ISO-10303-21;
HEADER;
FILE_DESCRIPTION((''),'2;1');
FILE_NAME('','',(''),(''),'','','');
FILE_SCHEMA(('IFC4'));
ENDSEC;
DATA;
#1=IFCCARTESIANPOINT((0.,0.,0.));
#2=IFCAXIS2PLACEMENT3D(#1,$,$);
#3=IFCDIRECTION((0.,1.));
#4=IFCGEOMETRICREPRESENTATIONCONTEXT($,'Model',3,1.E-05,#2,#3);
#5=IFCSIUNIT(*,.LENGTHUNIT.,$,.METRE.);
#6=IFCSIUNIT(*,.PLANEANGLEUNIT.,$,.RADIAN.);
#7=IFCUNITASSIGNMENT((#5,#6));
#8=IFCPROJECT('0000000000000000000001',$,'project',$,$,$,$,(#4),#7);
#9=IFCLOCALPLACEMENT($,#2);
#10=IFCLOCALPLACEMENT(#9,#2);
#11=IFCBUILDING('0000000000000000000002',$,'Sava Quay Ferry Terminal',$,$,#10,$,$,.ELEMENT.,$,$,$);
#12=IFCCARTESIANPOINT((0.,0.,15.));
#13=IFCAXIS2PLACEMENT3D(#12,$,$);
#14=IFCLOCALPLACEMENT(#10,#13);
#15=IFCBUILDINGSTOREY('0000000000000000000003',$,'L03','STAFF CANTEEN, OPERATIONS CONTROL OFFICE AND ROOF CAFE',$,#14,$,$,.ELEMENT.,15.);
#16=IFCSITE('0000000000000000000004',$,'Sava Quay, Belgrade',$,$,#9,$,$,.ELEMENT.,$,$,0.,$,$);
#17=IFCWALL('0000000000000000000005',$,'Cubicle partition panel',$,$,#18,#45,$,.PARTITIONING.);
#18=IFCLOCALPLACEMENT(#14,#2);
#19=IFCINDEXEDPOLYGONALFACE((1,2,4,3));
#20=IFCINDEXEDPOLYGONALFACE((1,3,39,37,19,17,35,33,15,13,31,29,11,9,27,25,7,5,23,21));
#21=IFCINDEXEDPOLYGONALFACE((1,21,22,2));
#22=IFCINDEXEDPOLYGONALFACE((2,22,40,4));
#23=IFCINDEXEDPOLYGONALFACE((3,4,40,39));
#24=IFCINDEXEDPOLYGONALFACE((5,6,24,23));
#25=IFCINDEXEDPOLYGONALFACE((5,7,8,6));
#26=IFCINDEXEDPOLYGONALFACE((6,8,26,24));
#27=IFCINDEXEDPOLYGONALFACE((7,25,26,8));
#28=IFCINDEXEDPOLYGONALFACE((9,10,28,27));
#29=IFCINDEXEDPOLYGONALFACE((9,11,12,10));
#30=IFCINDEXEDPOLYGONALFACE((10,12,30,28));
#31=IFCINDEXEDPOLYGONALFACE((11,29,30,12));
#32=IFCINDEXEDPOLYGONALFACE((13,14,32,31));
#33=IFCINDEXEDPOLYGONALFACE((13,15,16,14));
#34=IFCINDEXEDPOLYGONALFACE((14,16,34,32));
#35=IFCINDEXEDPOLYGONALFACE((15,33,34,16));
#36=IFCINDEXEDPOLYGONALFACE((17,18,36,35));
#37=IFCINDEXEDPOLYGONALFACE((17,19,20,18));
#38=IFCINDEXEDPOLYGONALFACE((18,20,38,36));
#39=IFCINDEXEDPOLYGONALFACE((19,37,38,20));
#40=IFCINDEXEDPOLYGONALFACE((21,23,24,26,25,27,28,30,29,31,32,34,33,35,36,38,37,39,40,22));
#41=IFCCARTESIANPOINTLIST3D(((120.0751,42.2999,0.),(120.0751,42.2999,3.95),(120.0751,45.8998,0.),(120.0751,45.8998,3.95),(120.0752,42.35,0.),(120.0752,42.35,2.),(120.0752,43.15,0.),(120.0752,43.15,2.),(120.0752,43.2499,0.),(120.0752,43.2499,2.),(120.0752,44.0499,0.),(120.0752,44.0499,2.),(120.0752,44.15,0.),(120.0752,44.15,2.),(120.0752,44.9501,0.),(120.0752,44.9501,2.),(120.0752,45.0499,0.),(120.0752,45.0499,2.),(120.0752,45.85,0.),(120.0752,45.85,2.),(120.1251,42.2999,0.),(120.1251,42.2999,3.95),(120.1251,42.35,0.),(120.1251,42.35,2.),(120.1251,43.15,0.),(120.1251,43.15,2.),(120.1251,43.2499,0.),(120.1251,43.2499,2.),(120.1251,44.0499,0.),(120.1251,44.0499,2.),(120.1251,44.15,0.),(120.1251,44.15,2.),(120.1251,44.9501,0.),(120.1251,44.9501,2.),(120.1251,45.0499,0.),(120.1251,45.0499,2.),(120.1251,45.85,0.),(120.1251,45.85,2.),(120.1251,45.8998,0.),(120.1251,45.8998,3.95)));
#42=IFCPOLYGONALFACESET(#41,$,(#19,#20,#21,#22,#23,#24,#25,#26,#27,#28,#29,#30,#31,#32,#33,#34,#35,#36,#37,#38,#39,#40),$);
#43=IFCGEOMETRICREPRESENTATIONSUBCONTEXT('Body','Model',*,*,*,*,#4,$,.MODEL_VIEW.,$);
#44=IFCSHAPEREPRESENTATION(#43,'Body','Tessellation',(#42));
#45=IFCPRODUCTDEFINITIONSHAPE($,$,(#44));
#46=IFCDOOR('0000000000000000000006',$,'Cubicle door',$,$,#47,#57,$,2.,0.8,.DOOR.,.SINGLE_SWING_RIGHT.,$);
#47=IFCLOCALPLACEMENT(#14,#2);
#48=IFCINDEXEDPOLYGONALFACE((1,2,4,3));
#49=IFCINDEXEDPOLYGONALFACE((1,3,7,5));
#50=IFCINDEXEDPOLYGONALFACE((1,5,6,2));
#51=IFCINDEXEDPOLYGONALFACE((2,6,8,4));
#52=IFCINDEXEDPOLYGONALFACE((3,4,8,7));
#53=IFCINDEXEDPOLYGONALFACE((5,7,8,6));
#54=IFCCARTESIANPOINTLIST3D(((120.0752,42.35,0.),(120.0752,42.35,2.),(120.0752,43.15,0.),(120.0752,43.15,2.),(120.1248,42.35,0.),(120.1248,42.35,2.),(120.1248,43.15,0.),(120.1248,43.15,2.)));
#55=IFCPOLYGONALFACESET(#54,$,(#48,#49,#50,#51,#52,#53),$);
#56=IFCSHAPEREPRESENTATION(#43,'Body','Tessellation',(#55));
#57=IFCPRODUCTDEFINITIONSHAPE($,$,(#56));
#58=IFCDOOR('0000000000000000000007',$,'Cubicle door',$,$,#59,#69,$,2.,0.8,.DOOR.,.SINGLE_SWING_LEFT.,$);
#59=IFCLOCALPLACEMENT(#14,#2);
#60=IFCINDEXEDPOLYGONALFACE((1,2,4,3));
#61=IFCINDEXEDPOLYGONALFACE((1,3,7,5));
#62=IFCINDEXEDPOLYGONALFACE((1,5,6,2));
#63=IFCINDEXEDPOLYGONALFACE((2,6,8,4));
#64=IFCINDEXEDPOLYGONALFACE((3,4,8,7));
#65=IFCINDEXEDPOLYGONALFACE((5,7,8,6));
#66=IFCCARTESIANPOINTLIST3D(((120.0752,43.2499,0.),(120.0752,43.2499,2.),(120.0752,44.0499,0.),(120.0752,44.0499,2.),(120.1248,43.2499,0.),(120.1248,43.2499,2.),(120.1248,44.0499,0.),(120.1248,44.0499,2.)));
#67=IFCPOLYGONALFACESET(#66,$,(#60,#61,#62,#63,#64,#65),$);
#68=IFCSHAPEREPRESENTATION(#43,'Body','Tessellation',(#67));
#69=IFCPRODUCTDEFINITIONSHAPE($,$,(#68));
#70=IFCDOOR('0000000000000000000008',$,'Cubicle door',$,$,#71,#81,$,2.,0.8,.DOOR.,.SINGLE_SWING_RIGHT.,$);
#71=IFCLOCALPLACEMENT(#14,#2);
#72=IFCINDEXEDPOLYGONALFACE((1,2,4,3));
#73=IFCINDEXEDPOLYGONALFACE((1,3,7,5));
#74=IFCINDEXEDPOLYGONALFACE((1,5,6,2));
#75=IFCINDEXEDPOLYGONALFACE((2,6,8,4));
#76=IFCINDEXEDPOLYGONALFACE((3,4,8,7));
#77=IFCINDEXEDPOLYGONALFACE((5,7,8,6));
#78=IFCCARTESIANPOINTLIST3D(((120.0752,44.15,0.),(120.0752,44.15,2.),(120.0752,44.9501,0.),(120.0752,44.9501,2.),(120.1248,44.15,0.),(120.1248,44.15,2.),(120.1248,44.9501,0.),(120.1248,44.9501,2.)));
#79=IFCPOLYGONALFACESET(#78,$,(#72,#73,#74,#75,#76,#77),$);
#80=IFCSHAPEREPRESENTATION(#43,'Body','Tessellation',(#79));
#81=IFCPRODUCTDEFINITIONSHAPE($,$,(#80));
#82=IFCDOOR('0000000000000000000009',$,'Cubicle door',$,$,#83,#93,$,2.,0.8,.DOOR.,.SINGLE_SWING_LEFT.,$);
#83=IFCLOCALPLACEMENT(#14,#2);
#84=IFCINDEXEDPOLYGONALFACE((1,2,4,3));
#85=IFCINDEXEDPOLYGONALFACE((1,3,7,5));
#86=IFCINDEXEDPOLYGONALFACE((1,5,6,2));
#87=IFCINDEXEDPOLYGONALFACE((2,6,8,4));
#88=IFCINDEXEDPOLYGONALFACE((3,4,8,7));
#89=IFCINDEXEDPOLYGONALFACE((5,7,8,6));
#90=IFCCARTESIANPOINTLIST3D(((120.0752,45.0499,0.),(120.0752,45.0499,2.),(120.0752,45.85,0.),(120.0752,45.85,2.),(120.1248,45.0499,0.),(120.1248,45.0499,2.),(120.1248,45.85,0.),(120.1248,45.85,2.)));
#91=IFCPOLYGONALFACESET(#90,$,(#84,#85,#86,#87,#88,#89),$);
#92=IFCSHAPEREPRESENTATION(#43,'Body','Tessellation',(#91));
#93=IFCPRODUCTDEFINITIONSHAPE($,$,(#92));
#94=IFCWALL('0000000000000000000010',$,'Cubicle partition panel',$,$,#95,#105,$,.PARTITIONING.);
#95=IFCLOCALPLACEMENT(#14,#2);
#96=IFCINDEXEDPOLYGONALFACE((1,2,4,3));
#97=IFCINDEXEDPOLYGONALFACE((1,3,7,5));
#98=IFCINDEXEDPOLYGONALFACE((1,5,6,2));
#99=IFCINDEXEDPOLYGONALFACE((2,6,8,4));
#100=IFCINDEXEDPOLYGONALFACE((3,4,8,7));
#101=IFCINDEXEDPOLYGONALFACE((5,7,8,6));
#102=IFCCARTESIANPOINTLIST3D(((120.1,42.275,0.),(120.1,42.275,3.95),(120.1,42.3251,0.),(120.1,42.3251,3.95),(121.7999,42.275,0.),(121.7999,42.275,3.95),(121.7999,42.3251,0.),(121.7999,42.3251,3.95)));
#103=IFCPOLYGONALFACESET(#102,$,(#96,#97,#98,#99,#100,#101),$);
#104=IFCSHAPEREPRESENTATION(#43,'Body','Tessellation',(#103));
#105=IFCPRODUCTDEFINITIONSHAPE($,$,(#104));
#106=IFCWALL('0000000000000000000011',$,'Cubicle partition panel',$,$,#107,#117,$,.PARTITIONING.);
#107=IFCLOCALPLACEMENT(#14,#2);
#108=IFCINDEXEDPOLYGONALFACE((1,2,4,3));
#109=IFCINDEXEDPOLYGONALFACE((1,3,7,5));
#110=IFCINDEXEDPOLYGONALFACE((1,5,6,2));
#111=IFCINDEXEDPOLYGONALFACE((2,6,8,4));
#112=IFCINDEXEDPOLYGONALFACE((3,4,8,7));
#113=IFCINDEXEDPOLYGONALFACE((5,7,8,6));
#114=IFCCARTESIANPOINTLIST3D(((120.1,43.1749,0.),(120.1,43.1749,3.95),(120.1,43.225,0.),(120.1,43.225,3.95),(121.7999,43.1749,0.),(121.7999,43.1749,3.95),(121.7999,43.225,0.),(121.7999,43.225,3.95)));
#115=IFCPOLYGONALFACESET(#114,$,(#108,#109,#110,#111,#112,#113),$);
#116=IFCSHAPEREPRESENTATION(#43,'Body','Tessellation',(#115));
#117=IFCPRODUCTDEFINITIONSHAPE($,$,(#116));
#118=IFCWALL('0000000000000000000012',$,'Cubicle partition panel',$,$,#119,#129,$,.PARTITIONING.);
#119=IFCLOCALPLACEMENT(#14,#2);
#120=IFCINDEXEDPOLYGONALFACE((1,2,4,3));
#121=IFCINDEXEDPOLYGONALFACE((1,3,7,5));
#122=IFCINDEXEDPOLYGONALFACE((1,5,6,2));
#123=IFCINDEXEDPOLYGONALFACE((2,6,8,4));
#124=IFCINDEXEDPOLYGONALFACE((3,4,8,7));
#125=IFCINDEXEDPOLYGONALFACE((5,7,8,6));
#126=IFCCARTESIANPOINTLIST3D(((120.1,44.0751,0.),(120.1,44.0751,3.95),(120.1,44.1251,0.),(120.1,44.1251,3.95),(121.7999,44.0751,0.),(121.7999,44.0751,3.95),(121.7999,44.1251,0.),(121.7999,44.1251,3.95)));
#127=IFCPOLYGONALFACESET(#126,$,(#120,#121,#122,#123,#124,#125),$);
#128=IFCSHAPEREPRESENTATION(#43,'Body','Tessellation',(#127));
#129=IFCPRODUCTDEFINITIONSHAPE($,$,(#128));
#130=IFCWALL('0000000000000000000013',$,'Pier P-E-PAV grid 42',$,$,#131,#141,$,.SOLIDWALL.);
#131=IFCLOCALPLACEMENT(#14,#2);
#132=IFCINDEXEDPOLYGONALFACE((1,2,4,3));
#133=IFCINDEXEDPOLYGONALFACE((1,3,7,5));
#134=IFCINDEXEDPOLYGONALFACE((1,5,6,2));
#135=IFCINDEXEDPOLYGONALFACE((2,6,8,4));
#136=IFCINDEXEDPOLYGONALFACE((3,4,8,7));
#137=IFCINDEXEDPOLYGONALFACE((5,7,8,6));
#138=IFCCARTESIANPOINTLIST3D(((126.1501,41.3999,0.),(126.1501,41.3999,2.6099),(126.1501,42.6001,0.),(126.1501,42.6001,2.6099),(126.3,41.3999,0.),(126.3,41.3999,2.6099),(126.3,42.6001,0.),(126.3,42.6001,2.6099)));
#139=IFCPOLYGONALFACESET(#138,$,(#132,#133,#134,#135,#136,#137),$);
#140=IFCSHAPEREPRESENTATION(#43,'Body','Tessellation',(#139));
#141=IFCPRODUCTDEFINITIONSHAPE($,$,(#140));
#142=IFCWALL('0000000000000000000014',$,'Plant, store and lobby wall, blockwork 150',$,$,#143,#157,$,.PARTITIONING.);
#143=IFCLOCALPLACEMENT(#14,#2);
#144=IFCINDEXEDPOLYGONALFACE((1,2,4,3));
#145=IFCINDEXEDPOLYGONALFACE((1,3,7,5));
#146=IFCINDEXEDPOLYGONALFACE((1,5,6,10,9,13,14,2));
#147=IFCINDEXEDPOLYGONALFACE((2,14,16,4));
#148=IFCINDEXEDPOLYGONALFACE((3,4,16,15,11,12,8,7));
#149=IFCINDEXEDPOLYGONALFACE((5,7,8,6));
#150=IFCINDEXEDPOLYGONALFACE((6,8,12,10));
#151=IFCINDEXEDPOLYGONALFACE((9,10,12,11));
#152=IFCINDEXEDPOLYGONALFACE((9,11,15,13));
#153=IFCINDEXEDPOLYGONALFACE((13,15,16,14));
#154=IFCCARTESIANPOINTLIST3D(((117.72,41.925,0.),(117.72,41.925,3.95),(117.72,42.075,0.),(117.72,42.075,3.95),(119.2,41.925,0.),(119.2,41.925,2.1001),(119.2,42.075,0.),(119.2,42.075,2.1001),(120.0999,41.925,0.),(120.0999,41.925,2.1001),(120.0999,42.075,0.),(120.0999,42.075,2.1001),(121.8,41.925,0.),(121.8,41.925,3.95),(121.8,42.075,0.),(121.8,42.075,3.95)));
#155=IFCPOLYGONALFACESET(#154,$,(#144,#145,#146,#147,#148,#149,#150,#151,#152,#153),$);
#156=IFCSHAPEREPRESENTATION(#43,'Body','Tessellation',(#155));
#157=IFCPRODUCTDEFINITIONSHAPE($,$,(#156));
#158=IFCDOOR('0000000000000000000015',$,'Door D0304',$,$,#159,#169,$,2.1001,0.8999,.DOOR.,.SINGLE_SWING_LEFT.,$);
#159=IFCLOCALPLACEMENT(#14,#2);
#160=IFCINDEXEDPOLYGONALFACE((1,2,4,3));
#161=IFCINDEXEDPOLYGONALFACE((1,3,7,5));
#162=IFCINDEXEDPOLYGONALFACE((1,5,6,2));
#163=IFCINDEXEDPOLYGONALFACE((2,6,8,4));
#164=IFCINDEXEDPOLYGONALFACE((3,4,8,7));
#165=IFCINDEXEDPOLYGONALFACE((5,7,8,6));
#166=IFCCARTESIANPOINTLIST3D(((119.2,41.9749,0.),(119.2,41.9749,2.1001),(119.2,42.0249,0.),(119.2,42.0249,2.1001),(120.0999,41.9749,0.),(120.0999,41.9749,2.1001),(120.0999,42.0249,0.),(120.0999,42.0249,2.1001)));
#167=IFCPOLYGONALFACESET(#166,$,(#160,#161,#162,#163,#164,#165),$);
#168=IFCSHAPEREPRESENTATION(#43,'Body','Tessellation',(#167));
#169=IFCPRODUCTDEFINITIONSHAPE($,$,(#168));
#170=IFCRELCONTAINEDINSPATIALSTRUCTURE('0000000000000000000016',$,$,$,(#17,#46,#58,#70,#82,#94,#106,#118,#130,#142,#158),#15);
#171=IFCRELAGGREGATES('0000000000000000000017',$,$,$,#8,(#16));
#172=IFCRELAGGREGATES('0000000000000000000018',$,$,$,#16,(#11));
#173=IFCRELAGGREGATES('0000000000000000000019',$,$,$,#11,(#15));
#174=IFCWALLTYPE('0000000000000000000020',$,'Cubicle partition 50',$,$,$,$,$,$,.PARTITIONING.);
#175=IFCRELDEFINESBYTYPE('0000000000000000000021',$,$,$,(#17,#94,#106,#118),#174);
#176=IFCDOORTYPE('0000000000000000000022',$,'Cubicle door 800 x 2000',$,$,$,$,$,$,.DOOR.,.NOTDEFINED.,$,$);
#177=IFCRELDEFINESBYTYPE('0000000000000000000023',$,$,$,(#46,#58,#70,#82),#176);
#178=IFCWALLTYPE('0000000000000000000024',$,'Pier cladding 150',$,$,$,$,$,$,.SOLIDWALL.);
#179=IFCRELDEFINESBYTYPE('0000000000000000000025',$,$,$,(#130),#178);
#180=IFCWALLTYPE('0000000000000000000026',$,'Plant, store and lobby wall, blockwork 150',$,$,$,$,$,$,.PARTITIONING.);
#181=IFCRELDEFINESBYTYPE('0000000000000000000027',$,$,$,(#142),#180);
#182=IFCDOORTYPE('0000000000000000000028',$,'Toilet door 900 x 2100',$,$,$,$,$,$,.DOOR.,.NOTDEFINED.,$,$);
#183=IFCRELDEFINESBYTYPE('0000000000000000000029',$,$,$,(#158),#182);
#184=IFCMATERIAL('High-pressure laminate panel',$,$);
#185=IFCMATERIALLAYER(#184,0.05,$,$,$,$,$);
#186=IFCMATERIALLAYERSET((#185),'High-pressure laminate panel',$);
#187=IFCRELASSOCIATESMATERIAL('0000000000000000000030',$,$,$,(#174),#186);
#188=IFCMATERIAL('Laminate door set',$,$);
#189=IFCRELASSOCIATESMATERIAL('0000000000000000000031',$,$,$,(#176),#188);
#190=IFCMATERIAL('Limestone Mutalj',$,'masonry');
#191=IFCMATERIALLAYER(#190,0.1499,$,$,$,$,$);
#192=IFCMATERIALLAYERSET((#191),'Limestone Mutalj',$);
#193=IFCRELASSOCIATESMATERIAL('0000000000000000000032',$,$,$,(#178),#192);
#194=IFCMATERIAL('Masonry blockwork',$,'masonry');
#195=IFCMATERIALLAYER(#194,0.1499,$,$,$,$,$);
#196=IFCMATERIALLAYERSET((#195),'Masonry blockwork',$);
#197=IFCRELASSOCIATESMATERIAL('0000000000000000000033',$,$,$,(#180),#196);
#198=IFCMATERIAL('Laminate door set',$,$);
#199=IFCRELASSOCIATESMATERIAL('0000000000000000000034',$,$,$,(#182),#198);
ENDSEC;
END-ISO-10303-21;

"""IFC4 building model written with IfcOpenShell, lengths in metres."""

from ifc_helpers import new_model, si_unit, direction, frame, frame_2d, origin, place, context, subcontext, project, spatial, rectangle, extrude, material, layer, layer_set, type_object, element, fill, save


model = new_model("IFC4")

# Units and contexts
model_context = context("Model", 3, precision=1e-05, world=origin(), true_north=direction((0.0, 1.0)))
body_context = subcontext(model_context, "Body", "Model", "MODEL_VIEW")
ifc_project = project(units=[si_unit("LENGTHUNIT", "METRE"), si_unit("PLANEANGLEUNIT", "RADIAN")], contexts=[model_context])

# Site, building, storey
site_placement = place(None, origin())
site = spatial("IfcSite", under=ifc_project, at=site_placement, Name="Sava Quay, Belgrade", CompositionType="ELEMENT", RefElevation=0.0)
building_placement = place(site_placement, origin())
building = spatial("IfcBuilding", under=site, at=building_placement, Name="Sava Quay Ferry Terminal", CompositionType="ELEMENT")
storey_placement = place(building_placement, frame((0.0, 0.0, 15.0)))
storey = spatial("IfcBuildingStorey", under=building, at=storey_placement, Name="L03", Description="STAFF CANTEEN, OPERATIONS CONTROL OFFICE AND ROOF CAFE", CompositionType="ELEMENT", Elevation=15.0)

# Wall, openings, doors
ifc_material_1 = material(Name="High-pressure laminate panel")
ifc_layer_1 = layer(ifc_material_1, 0.05)
ifc_layer_set_1 = layer_set([ifc_layer_1], Name="High-pressure laminate panel")
wall_type_1 = type_object("IfcWallType", Name="Cubicle partition 50", PredefinedType="PARTITIONING", material=ifc_layer_set_1)
wall_1_placement = place(storey_placement, frame((120.1001, 42.3, 0.0), z_axis=(0.0, 0.0, 1.0), x_axis=(0.0, 1.0, 0.0)))
wall_1 = element("IfcWall", 1, at=wall_1_placement, inside=storey, type_object=wall_type_1, Name="Cubicle partition panel", PredefinedType="PARTITIONING", context=body_context, shape_type="SweptSolid", body=[
    extrude(rectangle(XDim=3.5999, YDim=0.05, at=frame_2d((1.7998, 0.0))), origin(), (0.0, 0.0, 1.0), 3.95),
])
opening_1_placement = place(wall_1_placement, frame((0.05, 0.0, 0.0)))
opening_1 = element("IfcOpeningElement", 2, at=opening_1_placement, cuts=wall_1, PredefinedType="OPENING", context=body_context, shape_type="SweptSolid", body=[
    extrude(rectangle(XDim=0.8, YDim=2.0, at=frame_2d((0.3999, 1.0))), frame((0.0, 0.0249, 0.0), z_axis=(0.0, -1.0, 0.0), x_axis=(1.0, 0.0, 0.0)), (0.0, 0.0, 1.0), 0.05),
])
opening_2_placement = place(wall_1_placement, frame((0.95, 0.0, 0.0)))
opening_2 = element("IfcOpeningElement", 3, at=opening_2_placement, cuts=wall_1, PredefinedType="OPENING", context=body_context, shape_type="SweptSolid", body=[
    extrude(rectangle(XDim=0.8, YDim=2.0, at=frame_2d((0.3999, 1.0))), frame((0.0, 0.0249, 0.0), z_axis=(0.0, -1.0, 0.0), x_axis=(1.0, 0.0, 0.0)), (0.0, 0.0, 1.0), 0.05),
])
opening_3_placement = place(wall_1_placement, frame((1.8501, 0.0, 0.0)))
opening_3 = element("IfcOpeningElement", 4, at=opening_3_placement, cuts=wall_1, PredefinedType="OPENING", context=body_context, shape_type="SweptSolid", body=[
    extrude(rectangle(XDim=0.8, YDim=2.0, at=frame_2d((0.3999, 1.0))), frame((0.0, 0.0249, 0.0), z_axis=(0.0, -1.0, 0.0), x_axis=(1.0, 0.0, 0.0)), (0.0, 0.0, 1.0), 0.05),
])
opening_4_placement = place(wall_1_placement, frame((2.75, 0.0, 0.0)))
opening_4 = element("IfcOpeningElement", 5, at=opening_4_placement, cuts=wall_1, PredefinedType="OPENING", context=body_context, shape_type="SweptSolid", body=[
    extrude(rectangle(XDim=0.8, YDim=2.0, at=frame_2d((0.3999, 1.0))), frame((0.0, 0.0249, 0.0), z_axis=(0.0, -1.0, 0.0), x_axis=(1.0, 0.0, 0.0)), (0.0, 0.0, 1.0), 0.05),
])
ifc_material_2 = material(Name="Laminate door set")
door_type_1 = type_object("IfcDoorType", Name="Cubicle door 800 x 2000", OperationType="NOTDEFINED", PredefinedType="DOOR", material=ifc_material_2)
door_1_placement = place(opening_1_placement, origin())
door_1 = element("IfcDoor", 6, at=door_1_placement, inside=storey, type_object=door_type_1, Name="Cubicle door", OperationType="SINGLE_SWING_RIGHT", OverallHeight=2.0, OverallWidth=0.8, PredefinedType="DOOR", context=body_context, shape_type="SweptSolid", body=[
    extrude(rectangle(XDim=0.8, YDim=2.0, at=frame_2d((0.3999, 1.0))), frame((0.0, 0.0249, 0.0), z_axis=(0.0, -1.0, 0.0), x_axis=(1.0, 0.0, 0.0)), (0.0, 0.0, 1.0), 0.0496),
])
fill(opening_1, door_1)
door_2_placement = place(opening_2_placement, origin())
door_2 = element("IfcDoor", 7, at=door_2_placement, inside=storey, type_object=door_type_1, Name="Cubicle door", OperationType="SINGLE_SWING_LEFT", OverallHeight=2.0, OverallWidth=0.8, PredefinedType="DOOR", context=body_context, shape_type="SweptSolid", body=[
    extrude(rectangle(XDim=0.8, YDim=2.0, at=frame_2d((0.3999, 1.0))), frame((0.0, 0.0249, 0.0), z_axis=(0.0, -1.0, 0.0), x_axis=(1.0, 0.0, 0.0)), (0.0, 0.0, 1.0), 0.0496),
])
fill(opening_2, door_2)
door_3_placement = place(opening_3_placement, origin())
door_3 = element("IfcDoor", 8, at=door_3_placement, inside=storey, type_object=door_type_1, Name="Cubicle door", OperationType="SINGLE_SWING_RIGHT", OverallHeight=2.0, OverallWidth=0.8, PredefinedType="DOOR", context=body_context, shape_type="SweptSolid", body=[
    extrude(rectangle(XDim=0.8, YDim=2.0, at=frame_2d((0.3999, 1.0))), frame((0.0, 0.0249, 0.0), z_axis=(0.0, -1.0, 0.0), x_axis=(1.0, 0.0, 0.0)), (0.0, 0.0, 1.0), 0.0496),
])
fill(opening_3, door_3)
door_4_placement = place(opening_4_placement, origin())
door_4 = element("IfcDoor", 9, at=door_4_placement, inside=storey, type_object=door_type_1, Name="Cubicle door", OperationType="SINGLE_SWING_LEFT", OverallHeight=2.0, OverallWidth=0.8, PredefinedType="DOOR", context=body_context, shape_type="SweptSolid", body=[
    extrude(rectangle(XDim=0.8, YDim=2.0, at=frame_2d((0.3999, 1.0))), frame((0.0, 0.0249, 0.0), z_axis=(0.0, -1.0, 0.0), x_axis=(1.0, 0.0, 0.0)), (0.0, 0.0, 1.0), 0.0496),
])
fill(opening_4, door_4)

# Walls
for number, where, z_axis, x_axis, name in (
    (10, (121.8, 42.3, 0.0), (0.0, 0.0, 1.0), (-1.0, 0.0, 0.0), "Cubicle partition panel"),
    (11, (121.8, 43.2, 0.0), (0.0, 0.0, 1.0), (-1.0, 0.0, 0.0), "Cubicle partition panel"),
    (12, (121.8, 44.1001, 0.0), (0.0, 0.0, 1.0), (-1.0, 0.0, 0.0), "Cubicle partition panel"),
):
    element("IfcWall", number, at=place(storey_placement, frame(where, z_axis=z_axis, x_axis=x_axis)), inside=storey, type_object=wall_type_1, Name=name, PredefinedType="PARTITIONING", context=body_context, shape_type="SweptSolid", body=[
        extrude(rectangle(XDim=1.7, YDim=0.05, at=frame_2d((0.8501, 0.0))), origin(), (0.0, 0.0, 1.0), 3.95),
    ])
ifc_material_3 = material(Name="Limestone Mutalj", Category="masonry")
ifc_layer_2 = layer(ifc_material_3, 0.1499)
ifc_layer_set_2 = layer_set([ifc_layer_2], Name="Limestone Mutalj")
wall_type_2 = type_object("IfcWallType", Name="Pier cladding 150", PredefinedType="SOLIDWALL", material=ifc_layer_set_2)
wall_2_placement = place(storey_placement, frame((126.2251, 41.3999, 0.0), z_axis=(0.0, 0.0, 1.0), x_axis=(0.0, 1.0, 0.0)))
element("IfcWall", 13, at=wall_2_placement, inside=storey, type_object=wall_type_2, Name="Pier P-E-PAV grid 42", PredefinedType="SOLIDWALL", context=body_context, shape_type="SweptSolid", body=[
    extrude(rectangle(XDim=1.2002, YDim=0.1499, at=frame_2d((0.6001, 0.0))), origin(), (0.0, 0.0, 1.0), 2.6099),
])

# Wall, opening, door
ifc_material_4 = material(Name="Masonry blockwork", Category="masonry")
ifc_layer_3 = layer(ifc_material_4, 0.1499)
ifc_layer_set_3 = layer_set([ifc_layer_3], Name="Masonry blockwork")
wall_type_3 = type_object("IfcWallType", Name="Plant, store and lobby wall, blockwork 150", PredefinedType="PARTITIONING", material=ifc_layer_set_3)
wall_3_placement = place(storey_placement, frame((117.72, 42.0, 0.0), z_axis=(0.0, 0.0, 1.0), x_axis=(1.0, 0.0, 0.0)))
wall_3 = element("IfcWall", 14, at=wall_3_placement, inside=storey, type_object=wall_type_3, Name="Plant, store and lobby wall, blockwork 150", PredefinedType="PARTITIONING", context=body_context, shape_type="SweptSolid", body=[
    extrude(rectangle(XDim=4.0801, YDim=0.1499, at=frame_2d((2.04, 0.0))), origin(), (0.0, 0.0, 1.0), 3.95),
])
opening_5_placement = place(wall_3_placement, frame((1.48, 0.0, 0.0)))
opening_5 = element("IfcOpeningElement", 15, at=opening_5_placement, cuts=wall_3, PredefinedType="OPENING", context=body_context, shape_type="SweptSolid", body=[
    extrude(rectangle(XDim=0.8999, YDim=2.1001, at=frame_2d((0.45, 1.05))), frame((0.0, 0.075, 0.0), z_axis=(0.0, -1.0, 0.0), x_axis=(1.0, 0.0, 0.0)), (0.0, 0.0, 1.0), 0.1499),
])
ifc_material_5 = material(Name="Laminate door set")
door_type_2 = type_object("IfcDoorType", Name="Toilet door 900 x 2100", OperationType="NOTDEFINED", PredefinedType="DOOR", material=ifc_material_5)
door_5_placement = place(opening_5_placement, origin())
door_5 = element("IfcDoor", 16, at=door_5_placement, inside=storey, type_object=door_type_2, Name="Door D0304", OperationType="SINGLE_SWING_LEFT", OverallHeight=2.1001, OverallWidth=0.8999, PredefinedType="DOOR", context=body_context, shape_type="SweptSolid", body=[
    extrude(rectangle(XDim=0.8999, YDim=2.1001, at=frame_2d((0.45, 1.05))), frame((0.0, 0.0249, 0.0), z_axis=(0.0, -1.0, 0.0), x_axis=(1.0, 0.0, 0.0)), (0.0, 0.0, 1.0), 0.05),
])
fill(opening_5, door_5)

save(model, "model.ifc")
